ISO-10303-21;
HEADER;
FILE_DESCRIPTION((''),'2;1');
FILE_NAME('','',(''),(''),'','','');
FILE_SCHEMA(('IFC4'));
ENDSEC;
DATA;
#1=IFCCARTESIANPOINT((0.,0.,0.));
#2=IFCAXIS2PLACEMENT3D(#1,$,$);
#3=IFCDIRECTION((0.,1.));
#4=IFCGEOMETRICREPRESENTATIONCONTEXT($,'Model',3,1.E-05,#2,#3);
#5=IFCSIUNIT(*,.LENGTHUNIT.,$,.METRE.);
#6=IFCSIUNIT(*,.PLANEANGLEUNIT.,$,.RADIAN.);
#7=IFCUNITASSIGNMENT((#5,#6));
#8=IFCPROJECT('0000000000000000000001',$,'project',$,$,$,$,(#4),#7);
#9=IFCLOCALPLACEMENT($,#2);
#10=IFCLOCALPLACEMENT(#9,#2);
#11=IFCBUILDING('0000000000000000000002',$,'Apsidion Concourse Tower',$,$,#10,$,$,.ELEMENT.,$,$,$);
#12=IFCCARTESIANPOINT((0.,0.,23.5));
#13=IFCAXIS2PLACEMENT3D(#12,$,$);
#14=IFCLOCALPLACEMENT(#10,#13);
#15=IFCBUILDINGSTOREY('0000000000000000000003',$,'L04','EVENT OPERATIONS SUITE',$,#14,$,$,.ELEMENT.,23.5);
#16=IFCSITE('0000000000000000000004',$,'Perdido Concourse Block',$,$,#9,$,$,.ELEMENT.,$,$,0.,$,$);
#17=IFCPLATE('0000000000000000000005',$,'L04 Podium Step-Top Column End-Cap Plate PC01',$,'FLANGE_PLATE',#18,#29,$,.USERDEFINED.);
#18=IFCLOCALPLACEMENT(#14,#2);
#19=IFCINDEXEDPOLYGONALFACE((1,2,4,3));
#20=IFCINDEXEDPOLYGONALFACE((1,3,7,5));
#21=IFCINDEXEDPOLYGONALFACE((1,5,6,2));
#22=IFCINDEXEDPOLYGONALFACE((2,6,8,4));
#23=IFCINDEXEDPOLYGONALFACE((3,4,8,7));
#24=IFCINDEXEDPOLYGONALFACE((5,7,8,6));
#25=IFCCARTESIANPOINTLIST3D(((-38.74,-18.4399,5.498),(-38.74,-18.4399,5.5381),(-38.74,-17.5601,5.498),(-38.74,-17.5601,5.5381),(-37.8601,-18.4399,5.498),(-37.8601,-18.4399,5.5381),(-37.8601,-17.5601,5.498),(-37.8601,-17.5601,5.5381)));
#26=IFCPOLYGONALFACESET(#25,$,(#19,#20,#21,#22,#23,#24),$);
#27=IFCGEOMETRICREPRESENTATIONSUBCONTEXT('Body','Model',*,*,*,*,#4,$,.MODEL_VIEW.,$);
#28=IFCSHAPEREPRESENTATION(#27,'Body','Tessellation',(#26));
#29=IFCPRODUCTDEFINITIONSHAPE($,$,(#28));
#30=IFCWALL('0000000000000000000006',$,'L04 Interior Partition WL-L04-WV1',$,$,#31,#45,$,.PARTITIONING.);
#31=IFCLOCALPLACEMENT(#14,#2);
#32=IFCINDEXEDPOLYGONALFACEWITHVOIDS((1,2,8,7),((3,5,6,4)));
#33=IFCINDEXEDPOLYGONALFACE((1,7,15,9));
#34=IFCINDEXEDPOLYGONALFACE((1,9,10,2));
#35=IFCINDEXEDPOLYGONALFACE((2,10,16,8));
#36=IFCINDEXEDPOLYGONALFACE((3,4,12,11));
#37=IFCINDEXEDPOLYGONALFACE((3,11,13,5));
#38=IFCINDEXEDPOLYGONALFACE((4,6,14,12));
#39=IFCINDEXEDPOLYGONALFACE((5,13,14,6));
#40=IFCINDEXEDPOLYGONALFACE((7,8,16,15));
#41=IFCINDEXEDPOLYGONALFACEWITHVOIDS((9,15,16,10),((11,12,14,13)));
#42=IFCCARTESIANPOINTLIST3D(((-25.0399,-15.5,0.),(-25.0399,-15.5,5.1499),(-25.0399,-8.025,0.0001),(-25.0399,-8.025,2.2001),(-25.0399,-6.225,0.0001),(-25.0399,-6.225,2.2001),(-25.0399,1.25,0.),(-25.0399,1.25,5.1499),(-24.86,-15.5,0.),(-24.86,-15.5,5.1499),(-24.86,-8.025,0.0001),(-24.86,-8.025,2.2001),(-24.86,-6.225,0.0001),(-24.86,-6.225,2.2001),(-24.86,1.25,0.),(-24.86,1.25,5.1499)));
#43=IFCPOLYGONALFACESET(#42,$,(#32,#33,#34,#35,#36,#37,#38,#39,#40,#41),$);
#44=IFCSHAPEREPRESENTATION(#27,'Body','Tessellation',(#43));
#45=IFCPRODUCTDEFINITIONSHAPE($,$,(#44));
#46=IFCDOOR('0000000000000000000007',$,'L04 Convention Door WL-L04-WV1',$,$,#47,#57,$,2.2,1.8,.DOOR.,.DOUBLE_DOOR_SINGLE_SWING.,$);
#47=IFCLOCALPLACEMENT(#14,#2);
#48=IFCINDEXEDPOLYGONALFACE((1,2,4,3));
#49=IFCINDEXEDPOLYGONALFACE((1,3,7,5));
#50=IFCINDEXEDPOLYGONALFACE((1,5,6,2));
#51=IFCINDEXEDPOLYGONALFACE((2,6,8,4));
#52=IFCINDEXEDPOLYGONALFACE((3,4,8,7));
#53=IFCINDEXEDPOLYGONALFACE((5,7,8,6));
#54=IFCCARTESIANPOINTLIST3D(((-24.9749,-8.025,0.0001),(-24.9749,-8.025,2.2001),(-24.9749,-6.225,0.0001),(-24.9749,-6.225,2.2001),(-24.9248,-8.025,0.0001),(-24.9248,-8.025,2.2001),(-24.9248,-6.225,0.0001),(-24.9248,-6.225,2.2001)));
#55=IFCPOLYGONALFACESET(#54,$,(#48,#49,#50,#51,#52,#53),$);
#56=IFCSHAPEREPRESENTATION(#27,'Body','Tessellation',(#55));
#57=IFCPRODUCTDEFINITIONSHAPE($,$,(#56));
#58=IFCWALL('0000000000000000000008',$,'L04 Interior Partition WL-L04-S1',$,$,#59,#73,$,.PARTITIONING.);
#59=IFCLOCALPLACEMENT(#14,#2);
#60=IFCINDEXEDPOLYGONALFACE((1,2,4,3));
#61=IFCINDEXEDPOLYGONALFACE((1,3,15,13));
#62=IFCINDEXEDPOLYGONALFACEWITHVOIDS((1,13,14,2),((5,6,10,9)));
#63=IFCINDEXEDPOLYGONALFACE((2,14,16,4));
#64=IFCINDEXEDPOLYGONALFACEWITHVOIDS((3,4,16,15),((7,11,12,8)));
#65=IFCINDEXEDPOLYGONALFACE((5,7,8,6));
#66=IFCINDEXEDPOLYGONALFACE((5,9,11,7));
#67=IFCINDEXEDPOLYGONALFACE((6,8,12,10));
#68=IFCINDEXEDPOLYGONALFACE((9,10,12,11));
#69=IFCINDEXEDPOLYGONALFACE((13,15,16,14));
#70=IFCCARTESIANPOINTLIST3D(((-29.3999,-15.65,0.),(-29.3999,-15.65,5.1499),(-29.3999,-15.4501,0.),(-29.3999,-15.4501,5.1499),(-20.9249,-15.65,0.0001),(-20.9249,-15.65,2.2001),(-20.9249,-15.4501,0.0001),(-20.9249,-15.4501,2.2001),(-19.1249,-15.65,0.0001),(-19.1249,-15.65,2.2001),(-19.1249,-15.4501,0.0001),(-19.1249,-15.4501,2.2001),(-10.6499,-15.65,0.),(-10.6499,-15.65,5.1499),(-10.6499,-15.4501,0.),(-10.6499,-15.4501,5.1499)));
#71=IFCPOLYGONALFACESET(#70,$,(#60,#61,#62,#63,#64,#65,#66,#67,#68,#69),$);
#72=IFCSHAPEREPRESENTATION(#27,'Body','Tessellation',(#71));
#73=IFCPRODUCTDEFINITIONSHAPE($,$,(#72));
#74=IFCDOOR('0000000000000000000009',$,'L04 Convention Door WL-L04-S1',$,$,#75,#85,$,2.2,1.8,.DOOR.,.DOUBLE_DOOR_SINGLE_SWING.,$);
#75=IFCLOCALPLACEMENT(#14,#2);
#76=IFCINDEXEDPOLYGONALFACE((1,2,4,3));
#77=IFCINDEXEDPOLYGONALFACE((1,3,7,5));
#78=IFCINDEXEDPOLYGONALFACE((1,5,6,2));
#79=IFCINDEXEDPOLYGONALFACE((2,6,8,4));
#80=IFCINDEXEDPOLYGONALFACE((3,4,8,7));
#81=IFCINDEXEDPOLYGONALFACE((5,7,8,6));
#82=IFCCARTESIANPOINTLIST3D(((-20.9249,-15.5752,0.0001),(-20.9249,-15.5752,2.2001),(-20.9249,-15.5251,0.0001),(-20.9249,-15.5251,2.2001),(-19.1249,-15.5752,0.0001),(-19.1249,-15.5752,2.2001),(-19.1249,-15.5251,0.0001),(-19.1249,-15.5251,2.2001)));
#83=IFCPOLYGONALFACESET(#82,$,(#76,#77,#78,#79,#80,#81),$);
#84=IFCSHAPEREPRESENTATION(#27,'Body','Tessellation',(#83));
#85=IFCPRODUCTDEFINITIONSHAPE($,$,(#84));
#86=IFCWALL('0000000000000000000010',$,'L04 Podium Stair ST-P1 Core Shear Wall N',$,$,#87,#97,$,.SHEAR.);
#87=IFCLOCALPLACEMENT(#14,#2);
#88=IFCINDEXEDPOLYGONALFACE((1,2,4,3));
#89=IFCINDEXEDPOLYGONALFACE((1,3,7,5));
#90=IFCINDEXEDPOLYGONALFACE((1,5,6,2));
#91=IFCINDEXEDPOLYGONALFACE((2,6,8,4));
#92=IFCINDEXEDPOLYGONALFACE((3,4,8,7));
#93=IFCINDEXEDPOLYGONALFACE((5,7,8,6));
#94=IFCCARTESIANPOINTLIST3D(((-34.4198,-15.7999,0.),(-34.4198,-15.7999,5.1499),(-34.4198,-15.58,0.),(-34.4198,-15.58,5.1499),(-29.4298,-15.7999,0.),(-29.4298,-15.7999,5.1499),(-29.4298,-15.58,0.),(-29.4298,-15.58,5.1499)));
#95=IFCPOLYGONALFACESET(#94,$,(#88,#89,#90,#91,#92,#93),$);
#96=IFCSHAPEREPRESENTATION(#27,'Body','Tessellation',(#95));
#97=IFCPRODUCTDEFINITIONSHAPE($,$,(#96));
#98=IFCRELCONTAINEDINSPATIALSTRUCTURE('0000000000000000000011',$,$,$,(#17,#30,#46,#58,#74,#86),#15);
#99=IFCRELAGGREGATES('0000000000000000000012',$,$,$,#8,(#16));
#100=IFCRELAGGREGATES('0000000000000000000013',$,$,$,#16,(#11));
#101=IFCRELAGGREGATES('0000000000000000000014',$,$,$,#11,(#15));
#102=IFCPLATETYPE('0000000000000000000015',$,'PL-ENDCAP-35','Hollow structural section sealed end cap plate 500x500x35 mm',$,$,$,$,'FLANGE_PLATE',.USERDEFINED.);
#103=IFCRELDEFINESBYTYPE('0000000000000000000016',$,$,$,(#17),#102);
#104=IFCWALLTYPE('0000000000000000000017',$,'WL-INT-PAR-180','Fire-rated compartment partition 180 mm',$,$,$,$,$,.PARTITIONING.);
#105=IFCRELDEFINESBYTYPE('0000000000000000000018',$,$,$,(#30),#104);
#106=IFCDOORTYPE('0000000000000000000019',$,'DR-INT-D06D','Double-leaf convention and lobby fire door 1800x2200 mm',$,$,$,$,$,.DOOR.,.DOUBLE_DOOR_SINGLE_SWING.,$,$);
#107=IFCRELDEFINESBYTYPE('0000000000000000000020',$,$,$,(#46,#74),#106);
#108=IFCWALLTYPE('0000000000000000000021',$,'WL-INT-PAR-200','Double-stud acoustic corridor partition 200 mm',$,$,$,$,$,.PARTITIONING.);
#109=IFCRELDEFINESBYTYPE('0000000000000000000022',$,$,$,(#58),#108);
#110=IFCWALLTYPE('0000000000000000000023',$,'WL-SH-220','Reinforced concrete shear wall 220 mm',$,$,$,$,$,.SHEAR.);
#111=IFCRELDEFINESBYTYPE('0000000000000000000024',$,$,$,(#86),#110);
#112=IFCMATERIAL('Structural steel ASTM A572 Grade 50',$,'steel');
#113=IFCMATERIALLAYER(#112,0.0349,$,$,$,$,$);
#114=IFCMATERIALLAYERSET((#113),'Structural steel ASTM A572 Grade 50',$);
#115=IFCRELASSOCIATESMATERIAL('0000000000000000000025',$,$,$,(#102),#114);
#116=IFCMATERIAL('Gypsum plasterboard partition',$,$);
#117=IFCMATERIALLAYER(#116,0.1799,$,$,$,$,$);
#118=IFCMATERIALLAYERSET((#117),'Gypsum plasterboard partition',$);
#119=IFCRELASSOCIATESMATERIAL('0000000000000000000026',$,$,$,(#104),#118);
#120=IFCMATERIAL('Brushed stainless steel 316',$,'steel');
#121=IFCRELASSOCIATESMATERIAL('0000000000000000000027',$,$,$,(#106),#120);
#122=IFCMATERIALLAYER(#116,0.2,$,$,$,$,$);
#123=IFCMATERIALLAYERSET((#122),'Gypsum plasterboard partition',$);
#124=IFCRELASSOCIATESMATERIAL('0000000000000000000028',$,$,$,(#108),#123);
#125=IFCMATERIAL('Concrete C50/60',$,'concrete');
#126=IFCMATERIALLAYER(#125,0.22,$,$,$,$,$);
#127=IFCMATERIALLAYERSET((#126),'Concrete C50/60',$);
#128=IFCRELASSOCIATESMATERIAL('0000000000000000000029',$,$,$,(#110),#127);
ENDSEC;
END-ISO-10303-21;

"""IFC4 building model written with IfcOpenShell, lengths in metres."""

from ifc_helpers import new_model, si_unit, direction, frame, frame_2d, origin, origin_2d, place, context, subcontext, project, spatial, rectangle, extrude, material, layer, layer_set, type_object, element, fill, save


model = new_model("IFC4")

# Units and contexts
model_context = context("Model", 3, precision=1e-05, world=origin(), true_north=direction((0.0, 1.0)))
body_context = subcontext(model_context, "Body", "Model", "MODEL_VIEW")
ifc_project = project(units=[si_unit("LENGTHUNIT", "METRE"), si_unit("PLANEANGLEUNIT", "RADIAN")], contexts=[model_context])

# Site, building, storey
site_placement = place(None, origin())
site = spatial("IfcSite", under=ifc_project, at=site_placement, Name="Perdido Concourse Block", CompositionType="ELEMENT", RefElevation=0.0)
building_placement = place(site_placement, origin())
building = spatial("IfcBuilding", under=site, at=building_placement, Name="Apsidion Concourse Tower", CompositionType="ELEMENT")
storey_placement = place(building_placement, frame((0.0, 0.0, 23.5)))
storey = spatial("IfcBuildingStorey", under=building, at=storey_placement, Name="L04", Description="EVENT OPERATIONS SUITE", CompositionType="ELEMENT", Elevation=23.5)

# Shared definitions
ifc_material_1 = material(Name="Structural steel ASTM A572 Grade 50", Category="steel")

# Plate
ifc_layer_1 = layer(ifc_material_1, 0.0349)
ifc_layer_set_1 = layer_set([ifc_layer_1], Name="Structural steel ASTM A572 Grade 50")
plate_type = type_object("IfcPlateType", Name="PL-ENDCAP-35", Description="Hollow structural section sealed end cap plate 500x500x35 mm", ElementType="FLANGE_PLATE", PredefinedType="USERDEFINED", material=ifc_layer_set_1)
plate_placement = place(storey_placement, frame((-38.3, -18.0, 5.498), z_axis=(0.0, 0.0, 1.0), x_axis=(1.0, 0.0, 0.0)))
element("IfcPlate", 1, at=plate_placement, inside=storey, type_object=plate_type, Name="L04 Podium Step-Top Column End-Cap Plate PC01", ObjectType="FLANGE_PLATE", PredefinedType="USERDEFINED", context=body_context, shape_type="SweptSolid", body=[
    extrude(rectangle(XDim=0.8799, YDim=0.8799, at=origin_2d()), origin(), (0.0, 0.0, 1.0), 0.04),
])

# Walls, openings, doors
ifc_material_2 = material(Name="Gypsum plasterboard partition")
ifc_layer_2 = layer(ifc_material_2, 0.1799)
ifc_layer_set_2 = layer_set([ifc_layer_2], Name="Gypsum plasterboard partition")
wall_type_1 = type_object("IfcWallType", Name="WL-INT-PAR-180", Description="Fire-rated compartment partition 180 mm", PredefinedType="PARTITIONING", material=ifc_layer_set_2)
wall_1_placement = place(storey_placement, frame((-24.95, -15.5, 0.0), z_axis=(0.0, 0.0, 1.0), x_axis=(0.0, 1.0, 0.0)))
wall_1 = element("IfcWall", 2, at=wall_1_placement, inside=storey, type_object=wall_type_1, Name="L04 Interior Partition WL-L04-WV1", PredefinedType="PARTITIONING", context=body_context, shape_type="SweptSolid", body=[
    extrude(rectangle(XDim=16.75, YDim=0.1799, at=frame_2d((8.375, 0.0))), origin(), (0.0, 0.0, 1.0), 5.1499),
])
opening_1_placement = place(wall_1_placement, frame((7.4751, 0.0, 0.0)))
opening_1 = element("IfcOpeningElement", 3, at=opening_1_placement, cuts=wall_1, PredefinedType="OPENING", context=body_context, shape_type="SweptSolid", body=[
    extrude(rectangle(XDim=1.8, YDim=2.2, at=frame_2d((0.8999, 1.1001))), frame((0.0, 0.1001, 0.0), z_axis=(0.0, -1.0, 0.0), x_axis=(1.0, 0.0, 0.0)), (0.0, 0.0, 1.0), 0.2),
])
ifc_material_3 = material(Name="Brushed stainless steel 316", Category="steel")
door_type = type_object("IfcDoorType", Name="DR-INT-D06D", Description="Double-leaf convention and lobby fire door 1800x2200 mm", OperationType="DOUBLE_DOOR_SINGLE_SWING", PredefinedType="DOOR", material=ifc_material_3)
door_1_placement = place(opening_1_placement, origin())
door_1 = element("IfcDoor", 4, at=door_1_placement, inside=storey, type_object=door_type, Name="L04 Convention Door WL-L04-WV1", OperationType="DOUBLE_DOOR_SINGLE_SWING", OverallHeight=2.2, OverallWidth=1.8, PredefinedType="DOOR", context=body_context, shape_type="SweptSolid", body=[
    extrude(rectangle(XDim=1.8, YDim=2.2, at=frame_2d((0.8999, 1.1001))), frame((0.0, 0.0249, 0.0), z_axis=(0.0, -1.0, 0.0), x_axis=(1.0, 0.0, 0.0)), (0.0, 0.0, 1.0), 0.05),
])
fill(opening_1, door_1)
ifc_layer_3 = layer(ifc_material_2, 0.2)
ifc_layer_set_3 = layer_set([ifc_layer_3], Name="Gypsum plasterboard partition")
wall_type_2 = type_object("IfcWallType", Name="WL-INT-PAR-200", Description="Double-stud acoustic corridor partition 200 mm", PredefinedType="PARTITIONING", material=ifc_layer_set_3)
wall_2_placement = place(storey_placement, frame((-29.3999, -15.55, 0.0), z_axis=(0.0, 0.0, 1.0), x_axis=(1.0, 0.0, 0.0)))
wall_2 = element("IfcWall", 5, at=wall_2_placement, inside=storey, type_object=wall_type_2, Name="L04 Interior Partition WL-L04-S1", PredefinedType="PARTITIONING", context=body_context, shape_type="SweptSolid", body=[
    extrude(rectangle(XDim=18.75, YDim=0.2, at=frame_2d((9.375, 0.0))), origin(), (0.0, 0.0, 1.0), 5.1499),
])
opening_2_placement = place(wall_2_placement, frame((8.4751, 0.0, 0.0)))
opening_2 = element("IfcOpeningElement", 6, at=opening_2_placement, cuts=wall_2, PredefinedType="OPENING", context=body_context, shape_type="SweptSolid", body=[
    extrude(rectangle(XDim=1.8, YDim=2.2, at=frame_2d((0.8999, 1.1001))), frame((0.0, 0.1099, 0.0), z_axis=(0.0, -1.0, 0.0), x_axis=(1.0, 0.0, 0.0)), (0.0, 0.0, 1.0), 0.22),
])
door_2_placement = place(opening_2_placement, origin())
door_2 = element("IfcDoor", 7, at=door_2_placement, inside=storey, type_object=door_type, Name="L04 Convention Door WL-L04-S1", OperationType="DOUBLE_DOOR_SINGLE_SWING", OverallHeight=2.2, OverallWidth=1.8, PredefinedType="DOOR", context=body_context, shape_type="SweptSolid", body=[
    extrude(rectangle(XDim=1.8, YDim=2.2, at=frame_2d((0.8999, 1.1001))), frame((0.0, 0.0249, 0.0), z_axis=(0.0, -1.0, 0.0), x_axis=(1.0, 0.0, 0.0)), (0.0, 0.0, 1.0), 0.05),
])
fill(opening_2, door_2)

# Wall
ifc_material_4 = material(Name="Concrete C50/60", Category="concrete")
ifc_layer_4 = layer(ifc_material_4, 0.22)
ifc_layer_set_4 = layer_set([ifc_layer_4], Name="Concrete C50/60")
wall_type_3 = type_object("IfcWallType", Name="WL-SH-220", Description="Reinforced concrete shear wall 220 mm", PredefinedType="SHEAR", material=ifc_layer_set_4)
wall_3_placement = place(storey_placement, frame((-34.4199, -15.6899, 0.0), z_axis=(0.0, 0.0, 1.0), x_axis=(1.0, 0.0, 0.0)))
element("IfcWall", 8, at=wall_3_placement, inside=storey, type_object=wall_type_3, Name="L04 Podium Stair ST-P1 Core Shear Wall N", PredefinedType="SHEAR", context=body_context, shape_type="SweptSolid", body=[
    extrude(rectangle(XDim=4.99, YDim=0.22, at=frame_2d((2.4951, 0.0))), origin(), (0.0, 0.0, 1.0), 5.1499),
])

save(model, "model.ifc")
